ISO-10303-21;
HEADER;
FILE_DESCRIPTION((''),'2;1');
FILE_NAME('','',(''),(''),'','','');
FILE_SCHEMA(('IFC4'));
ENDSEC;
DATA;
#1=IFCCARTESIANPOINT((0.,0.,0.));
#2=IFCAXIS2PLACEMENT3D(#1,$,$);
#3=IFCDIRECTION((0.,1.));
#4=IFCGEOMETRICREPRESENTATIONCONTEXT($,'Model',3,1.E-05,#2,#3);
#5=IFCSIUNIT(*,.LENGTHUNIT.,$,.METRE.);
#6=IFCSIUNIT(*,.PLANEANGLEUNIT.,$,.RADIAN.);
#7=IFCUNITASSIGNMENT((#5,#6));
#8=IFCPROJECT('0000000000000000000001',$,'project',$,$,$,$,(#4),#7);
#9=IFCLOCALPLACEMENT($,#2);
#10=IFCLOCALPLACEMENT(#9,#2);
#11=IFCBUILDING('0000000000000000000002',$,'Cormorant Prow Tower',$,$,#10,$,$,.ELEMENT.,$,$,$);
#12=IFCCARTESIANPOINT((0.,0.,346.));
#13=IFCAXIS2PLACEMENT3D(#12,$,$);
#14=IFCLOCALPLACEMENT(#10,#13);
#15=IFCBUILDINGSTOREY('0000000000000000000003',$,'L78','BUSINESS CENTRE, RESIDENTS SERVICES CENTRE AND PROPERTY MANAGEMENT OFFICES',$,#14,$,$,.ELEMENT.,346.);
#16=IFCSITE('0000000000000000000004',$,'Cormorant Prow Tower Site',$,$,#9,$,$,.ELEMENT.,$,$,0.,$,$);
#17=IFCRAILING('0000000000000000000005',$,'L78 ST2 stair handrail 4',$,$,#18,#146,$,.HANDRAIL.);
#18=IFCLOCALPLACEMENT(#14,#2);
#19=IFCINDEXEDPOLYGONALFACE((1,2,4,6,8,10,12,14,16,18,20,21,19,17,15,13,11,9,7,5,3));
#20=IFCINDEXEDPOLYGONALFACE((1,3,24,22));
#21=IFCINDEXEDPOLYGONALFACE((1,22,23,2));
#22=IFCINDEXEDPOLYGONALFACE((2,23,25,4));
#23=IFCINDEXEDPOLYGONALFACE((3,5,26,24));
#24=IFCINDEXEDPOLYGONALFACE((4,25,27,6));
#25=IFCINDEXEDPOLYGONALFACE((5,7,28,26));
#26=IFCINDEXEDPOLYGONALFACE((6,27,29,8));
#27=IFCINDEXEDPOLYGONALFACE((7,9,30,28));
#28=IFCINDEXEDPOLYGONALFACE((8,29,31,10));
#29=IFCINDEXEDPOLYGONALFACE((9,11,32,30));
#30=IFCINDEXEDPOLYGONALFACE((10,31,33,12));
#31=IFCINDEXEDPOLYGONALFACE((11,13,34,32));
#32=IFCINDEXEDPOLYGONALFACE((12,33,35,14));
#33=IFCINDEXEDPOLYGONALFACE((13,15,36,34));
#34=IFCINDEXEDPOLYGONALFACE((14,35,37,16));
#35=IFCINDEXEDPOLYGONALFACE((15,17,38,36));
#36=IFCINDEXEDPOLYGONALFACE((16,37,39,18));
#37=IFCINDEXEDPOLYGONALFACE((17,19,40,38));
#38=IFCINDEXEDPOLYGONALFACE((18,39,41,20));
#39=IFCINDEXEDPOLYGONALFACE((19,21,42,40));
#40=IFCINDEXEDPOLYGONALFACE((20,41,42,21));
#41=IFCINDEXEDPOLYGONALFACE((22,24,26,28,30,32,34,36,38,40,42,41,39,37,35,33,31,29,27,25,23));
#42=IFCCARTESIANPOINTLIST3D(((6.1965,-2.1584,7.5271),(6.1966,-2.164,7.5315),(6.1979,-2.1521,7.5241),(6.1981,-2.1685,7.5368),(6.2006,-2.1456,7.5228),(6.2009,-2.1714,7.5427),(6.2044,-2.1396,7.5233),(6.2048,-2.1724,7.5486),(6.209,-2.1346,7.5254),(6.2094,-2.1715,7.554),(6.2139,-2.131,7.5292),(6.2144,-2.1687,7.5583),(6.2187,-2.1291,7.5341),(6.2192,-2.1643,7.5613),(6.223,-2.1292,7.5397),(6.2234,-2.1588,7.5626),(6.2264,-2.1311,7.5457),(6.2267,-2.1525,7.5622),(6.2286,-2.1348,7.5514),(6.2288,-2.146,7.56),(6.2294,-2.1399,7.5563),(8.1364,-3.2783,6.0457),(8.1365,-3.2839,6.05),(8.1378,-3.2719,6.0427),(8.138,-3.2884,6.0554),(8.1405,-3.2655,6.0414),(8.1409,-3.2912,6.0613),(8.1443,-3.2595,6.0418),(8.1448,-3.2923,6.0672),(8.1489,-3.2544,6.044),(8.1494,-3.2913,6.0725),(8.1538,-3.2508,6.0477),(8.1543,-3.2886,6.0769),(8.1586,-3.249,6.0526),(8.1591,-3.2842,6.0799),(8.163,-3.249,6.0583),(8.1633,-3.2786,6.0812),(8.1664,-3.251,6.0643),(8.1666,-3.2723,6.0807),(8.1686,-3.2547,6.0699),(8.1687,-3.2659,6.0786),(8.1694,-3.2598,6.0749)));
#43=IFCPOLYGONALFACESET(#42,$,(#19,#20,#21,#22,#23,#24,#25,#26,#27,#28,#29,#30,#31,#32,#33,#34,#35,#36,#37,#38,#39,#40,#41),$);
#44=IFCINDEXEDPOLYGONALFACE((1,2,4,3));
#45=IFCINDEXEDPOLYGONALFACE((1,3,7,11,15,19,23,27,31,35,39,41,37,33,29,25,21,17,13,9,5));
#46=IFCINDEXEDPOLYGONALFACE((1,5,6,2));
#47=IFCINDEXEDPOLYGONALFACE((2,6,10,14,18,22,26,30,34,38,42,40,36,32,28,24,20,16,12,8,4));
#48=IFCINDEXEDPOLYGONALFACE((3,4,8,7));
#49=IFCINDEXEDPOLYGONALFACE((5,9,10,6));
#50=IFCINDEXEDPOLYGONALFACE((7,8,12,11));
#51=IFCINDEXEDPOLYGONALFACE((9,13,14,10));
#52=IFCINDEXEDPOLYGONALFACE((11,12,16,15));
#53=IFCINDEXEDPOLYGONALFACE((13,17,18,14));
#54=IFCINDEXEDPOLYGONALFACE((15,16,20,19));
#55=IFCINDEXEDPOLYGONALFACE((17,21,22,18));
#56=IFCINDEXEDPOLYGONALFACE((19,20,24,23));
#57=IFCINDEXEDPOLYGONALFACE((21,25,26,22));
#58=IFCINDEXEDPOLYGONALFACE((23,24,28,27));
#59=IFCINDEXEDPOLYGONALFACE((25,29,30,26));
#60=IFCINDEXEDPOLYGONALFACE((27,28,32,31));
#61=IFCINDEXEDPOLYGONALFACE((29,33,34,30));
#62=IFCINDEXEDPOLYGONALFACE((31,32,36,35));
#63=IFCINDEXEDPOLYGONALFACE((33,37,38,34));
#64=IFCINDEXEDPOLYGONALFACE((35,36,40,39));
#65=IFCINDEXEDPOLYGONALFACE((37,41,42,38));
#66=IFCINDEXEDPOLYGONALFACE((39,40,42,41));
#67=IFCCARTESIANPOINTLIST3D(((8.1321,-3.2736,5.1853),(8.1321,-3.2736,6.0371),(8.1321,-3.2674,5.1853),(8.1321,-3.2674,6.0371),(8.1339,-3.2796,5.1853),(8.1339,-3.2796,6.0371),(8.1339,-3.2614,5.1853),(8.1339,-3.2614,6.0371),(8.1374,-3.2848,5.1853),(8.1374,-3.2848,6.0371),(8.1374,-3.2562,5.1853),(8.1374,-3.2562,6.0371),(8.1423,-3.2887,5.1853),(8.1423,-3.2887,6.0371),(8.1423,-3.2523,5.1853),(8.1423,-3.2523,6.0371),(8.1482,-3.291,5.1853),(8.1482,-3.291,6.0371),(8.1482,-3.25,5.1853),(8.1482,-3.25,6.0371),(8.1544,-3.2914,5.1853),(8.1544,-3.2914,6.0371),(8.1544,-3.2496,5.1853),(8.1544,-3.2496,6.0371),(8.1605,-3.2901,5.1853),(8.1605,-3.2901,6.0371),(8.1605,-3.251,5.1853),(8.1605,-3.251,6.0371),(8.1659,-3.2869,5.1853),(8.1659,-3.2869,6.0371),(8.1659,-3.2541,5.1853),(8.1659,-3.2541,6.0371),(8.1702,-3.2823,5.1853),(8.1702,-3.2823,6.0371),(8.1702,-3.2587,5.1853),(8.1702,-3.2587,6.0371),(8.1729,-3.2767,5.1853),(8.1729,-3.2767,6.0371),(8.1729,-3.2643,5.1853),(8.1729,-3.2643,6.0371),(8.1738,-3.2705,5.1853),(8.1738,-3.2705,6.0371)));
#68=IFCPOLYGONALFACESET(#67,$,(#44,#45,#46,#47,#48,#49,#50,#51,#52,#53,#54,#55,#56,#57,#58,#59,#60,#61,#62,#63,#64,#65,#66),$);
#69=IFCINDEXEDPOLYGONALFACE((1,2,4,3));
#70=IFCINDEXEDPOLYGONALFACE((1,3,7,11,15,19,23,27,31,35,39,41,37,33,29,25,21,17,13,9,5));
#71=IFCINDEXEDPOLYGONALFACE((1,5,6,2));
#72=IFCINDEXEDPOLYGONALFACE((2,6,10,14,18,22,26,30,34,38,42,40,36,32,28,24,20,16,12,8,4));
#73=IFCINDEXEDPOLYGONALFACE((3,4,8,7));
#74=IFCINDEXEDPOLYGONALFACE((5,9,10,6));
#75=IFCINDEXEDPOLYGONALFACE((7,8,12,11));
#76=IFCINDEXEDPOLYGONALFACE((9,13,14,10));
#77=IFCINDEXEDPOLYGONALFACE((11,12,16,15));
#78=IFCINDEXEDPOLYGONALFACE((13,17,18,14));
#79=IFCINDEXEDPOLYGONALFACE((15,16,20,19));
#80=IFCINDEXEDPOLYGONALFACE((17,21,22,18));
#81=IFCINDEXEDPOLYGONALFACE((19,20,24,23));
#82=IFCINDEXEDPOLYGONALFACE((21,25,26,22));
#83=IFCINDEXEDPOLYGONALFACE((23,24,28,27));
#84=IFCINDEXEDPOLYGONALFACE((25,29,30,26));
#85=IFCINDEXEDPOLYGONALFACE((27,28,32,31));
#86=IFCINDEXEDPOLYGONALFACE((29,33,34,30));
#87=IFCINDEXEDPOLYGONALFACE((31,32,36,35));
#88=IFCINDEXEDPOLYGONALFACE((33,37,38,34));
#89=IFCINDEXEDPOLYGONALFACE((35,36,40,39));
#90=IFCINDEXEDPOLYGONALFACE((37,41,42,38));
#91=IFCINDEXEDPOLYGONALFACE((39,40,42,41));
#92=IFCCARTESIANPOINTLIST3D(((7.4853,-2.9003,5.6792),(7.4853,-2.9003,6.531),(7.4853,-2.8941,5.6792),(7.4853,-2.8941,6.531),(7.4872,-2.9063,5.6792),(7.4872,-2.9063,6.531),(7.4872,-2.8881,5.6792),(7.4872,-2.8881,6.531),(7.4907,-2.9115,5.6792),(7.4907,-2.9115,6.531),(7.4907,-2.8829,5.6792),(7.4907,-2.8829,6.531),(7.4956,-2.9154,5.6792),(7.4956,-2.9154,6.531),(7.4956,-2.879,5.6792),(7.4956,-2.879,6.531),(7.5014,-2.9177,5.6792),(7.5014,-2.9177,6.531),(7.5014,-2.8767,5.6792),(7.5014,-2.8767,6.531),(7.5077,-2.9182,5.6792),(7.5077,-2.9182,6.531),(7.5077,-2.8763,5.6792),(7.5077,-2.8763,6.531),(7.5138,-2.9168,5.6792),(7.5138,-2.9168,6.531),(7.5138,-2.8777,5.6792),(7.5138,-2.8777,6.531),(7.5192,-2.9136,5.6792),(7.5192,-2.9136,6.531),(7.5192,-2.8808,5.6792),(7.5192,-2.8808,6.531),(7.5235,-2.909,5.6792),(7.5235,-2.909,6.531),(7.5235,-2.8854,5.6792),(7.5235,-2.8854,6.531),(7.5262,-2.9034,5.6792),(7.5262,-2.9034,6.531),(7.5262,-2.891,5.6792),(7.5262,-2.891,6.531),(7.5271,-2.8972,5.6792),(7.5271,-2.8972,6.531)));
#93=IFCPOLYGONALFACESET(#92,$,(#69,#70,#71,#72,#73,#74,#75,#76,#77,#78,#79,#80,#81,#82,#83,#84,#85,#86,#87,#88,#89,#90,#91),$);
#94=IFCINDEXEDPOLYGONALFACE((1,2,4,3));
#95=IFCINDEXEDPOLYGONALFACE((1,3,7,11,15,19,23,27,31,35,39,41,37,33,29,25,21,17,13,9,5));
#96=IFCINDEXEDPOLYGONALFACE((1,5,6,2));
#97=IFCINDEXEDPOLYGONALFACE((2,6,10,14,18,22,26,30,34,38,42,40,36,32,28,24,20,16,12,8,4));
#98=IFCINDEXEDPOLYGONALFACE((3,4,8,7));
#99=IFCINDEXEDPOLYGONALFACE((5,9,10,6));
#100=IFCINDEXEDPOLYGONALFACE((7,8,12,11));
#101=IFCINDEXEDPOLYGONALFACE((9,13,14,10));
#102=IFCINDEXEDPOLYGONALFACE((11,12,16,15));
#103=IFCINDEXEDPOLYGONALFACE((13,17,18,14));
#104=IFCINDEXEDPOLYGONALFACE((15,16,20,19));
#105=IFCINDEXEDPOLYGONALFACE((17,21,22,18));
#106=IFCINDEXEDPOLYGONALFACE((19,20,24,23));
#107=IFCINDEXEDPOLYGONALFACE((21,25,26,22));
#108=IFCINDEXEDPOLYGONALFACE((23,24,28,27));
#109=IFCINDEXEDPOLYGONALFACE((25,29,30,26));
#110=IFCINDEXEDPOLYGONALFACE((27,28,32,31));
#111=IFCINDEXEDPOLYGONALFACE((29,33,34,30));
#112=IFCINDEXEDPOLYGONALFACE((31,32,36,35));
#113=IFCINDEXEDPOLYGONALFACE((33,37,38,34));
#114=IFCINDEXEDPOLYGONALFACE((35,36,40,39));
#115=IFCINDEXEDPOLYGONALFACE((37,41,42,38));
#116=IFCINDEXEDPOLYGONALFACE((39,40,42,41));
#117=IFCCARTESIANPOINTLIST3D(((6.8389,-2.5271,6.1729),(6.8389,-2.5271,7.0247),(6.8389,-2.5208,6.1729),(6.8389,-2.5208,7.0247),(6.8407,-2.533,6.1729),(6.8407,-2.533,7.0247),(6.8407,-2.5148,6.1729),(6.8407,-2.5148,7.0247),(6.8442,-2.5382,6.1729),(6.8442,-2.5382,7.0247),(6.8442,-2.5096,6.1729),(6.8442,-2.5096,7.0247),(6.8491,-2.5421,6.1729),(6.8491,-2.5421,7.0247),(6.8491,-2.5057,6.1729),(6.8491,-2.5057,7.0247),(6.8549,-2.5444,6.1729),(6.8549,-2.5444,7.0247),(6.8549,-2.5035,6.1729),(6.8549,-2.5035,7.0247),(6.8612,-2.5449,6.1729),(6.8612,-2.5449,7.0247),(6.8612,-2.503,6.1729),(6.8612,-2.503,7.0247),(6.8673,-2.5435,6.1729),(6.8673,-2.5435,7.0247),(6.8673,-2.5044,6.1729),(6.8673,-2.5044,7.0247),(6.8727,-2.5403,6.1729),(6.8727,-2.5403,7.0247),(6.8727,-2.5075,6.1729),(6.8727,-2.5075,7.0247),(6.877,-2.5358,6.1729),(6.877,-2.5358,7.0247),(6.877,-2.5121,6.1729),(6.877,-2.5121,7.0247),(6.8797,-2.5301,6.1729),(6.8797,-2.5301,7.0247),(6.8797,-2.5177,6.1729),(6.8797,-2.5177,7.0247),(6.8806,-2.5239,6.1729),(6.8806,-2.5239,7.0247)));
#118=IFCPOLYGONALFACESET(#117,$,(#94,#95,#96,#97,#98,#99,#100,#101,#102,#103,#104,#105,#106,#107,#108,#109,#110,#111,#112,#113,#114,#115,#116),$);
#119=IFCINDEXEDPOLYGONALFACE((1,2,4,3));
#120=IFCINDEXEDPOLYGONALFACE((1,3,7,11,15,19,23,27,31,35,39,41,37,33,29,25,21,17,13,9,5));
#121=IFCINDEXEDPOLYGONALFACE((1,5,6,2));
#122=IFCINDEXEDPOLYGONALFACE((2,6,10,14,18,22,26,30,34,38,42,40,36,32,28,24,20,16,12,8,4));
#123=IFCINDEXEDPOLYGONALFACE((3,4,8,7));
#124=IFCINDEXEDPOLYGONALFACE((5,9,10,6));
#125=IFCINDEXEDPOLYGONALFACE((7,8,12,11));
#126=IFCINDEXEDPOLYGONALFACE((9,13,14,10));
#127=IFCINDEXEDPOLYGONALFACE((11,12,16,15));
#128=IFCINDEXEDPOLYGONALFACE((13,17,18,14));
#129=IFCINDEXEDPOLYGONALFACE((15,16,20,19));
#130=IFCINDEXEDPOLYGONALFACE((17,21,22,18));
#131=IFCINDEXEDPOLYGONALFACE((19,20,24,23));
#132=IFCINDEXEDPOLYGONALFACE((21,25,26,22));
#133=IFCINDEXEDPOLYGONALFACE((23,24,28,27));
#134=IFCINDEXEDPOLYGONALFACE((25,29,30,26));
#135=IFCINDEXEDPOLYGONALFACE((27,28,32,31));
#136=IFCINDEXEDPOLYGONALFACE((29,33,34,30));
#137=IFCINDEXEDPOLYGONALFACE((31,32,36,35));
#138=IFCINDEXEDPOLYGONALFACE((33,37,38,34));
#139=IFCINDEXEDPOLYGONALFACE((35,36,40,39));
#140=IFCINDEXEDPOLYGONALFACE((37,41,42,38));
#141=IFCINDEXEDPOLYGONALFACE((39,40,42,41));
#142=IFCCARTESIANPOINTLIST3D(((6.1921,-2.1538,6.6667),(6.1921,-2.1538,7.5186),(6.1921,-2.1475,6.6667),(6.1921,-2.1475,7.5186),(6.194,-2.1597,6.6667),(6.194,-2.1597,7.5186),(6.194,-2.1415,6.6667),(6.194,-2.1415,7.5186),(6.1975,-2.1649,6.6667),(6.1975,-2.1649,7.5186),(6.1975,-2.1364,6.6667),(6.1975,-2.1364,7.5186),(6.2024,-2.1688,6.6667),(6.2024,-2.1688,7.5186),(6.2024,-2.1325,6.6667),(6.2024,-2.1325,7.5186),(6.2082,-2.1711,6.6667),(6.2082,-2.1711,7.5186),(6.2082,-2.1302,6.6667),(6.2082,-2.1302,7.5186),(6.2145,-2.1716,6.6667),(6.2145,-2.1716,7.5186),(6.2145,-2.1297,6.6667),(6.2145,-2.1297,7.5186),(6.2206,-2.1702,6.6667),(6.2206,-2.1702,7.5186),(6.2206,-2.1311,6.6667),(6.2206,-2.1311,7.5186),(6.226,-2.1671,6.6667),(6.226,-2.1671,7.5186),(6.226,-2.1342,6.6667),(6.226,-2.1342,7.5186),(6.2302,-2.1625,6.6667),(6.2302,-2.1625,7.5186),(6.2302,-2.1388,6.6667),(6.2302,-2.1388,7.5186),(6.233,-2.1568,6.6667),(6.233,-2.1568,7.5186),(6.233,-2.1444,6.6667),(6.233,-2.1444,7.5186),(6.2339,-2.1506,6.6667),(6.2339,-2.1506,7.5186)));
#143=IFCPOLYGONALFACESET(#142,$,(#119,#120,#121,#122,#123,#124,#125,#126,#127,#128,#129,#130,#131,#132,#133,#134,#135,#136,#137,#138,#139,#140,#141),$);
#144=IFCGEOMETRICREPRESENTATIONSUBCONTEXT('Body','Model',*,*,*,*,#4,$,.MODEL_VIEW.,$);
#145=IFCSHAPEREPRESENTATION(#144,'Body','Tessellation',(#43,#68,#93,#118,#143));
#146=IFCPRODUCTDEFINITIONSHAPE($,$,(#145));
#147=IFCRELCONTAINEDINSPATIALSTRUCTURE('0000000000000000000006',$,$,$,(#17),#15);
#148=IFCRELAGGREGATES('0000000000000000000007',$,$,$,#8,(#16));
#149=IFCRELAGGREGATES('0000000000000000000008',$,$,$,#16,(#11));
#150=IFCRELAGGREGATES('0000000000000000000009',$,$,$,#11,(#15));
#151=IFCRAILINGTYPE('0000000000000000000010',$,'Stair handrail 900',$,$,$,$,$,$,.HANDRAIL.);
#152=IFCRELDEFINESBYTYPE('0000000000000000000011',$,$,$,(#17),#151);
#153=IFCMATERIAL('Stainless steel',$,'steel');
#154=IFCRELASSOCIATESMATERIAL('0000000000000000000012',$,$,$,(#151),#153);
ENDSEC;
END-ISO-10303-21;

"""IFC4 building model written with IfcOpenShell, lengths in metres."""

from ifc_helpers import new_model, si_unit, direction, frame, origin, origin_2d, place, context, subcontext, project, spatial, circle, extrude, material, type_object, element, save


model = new_model("IFC4")

# Units and contexts
model_context = context("Model", 3, precision=1e-05, world=origin(), true_north=direction((0.0, 1.0)))
body_context = subcontext(model_context, "Body", "Model", "MODEL_VIEW")
ifc_project = project(units=[si_unit("LENGTHUNIT", "METRE"), si_unit("PLANEANGLEUNIT", "RADIAN")], contexts=[model_context])

# Site, building, storey
site_placement = place(None, origin())
site = spatial("IfcSite", under=ifc_project, at=site_placement, Name="Cormorant Prow Tower Site", CompositionType="ELEMENT", RefElevation=0.0)
building_placement = place(site_placement, origin())
building = spatial("IfcBuilding", under=site, at=building_placement, Name="Cormorant Prow Tower", CompositionType="ELEMENT")
storey_placement = place(building_placement, frame((0.0, 0.0, 346.0)))
storey = spatial("IfcBuildingStorey", under=building, at=storey_placement, Name="L78", Description="BUSINESS CENTRE, RESIDENTS SERVICES CENTRE AND PROPERTY MANAGEMENT OFFICES", CompositionType="ELEMENT", Elevation=346.0)

# Railing
ifc_material_1 = material(Name="Stainless steel", Category="steel")
railing_type = type_object("IfcRailingType", Name="Stair handrail 900", PredefinedType="HANDRAIL", material=ifc_material_1)
for number, where, name in (
    (1, (8.1528, -3.2705, 5.1853), "L78 ST2 stair handrail 4"),
):
    element("IfcRailing", number, at=place(storey_placement, frame(where)), inside=storey, type_object=railing_type, Name=name, PredefinedType="HANDRAIL", context=body_context, shape_type="SweptSolid", body=[
        extrude(circle(Radius=0.0239, at=origin_2d()), frame((0.0, 0.0, 0.876), z_axis=(-0.722363, 0.417, 0.551636), x_axis=(-0.499949, -0.866055, 0.0)), (0.0, 0.0, 1.0), 2.6855),
        extrude(circle(Radius=0.021, at=origin_2d()), origin(), (0.0, 0.0, 1.0), 0.8518),
        extrude(circle(Radius=0.021, at=origin_2d()), frame((-0.6467, 0.3733, 0.4939)), (0.0, 0.0, 1.0), 0.8518),
        extrude(circle(Radius=0.021, at=origin_2d()), frame((-1.2932, 0.7466, 0.9875)), (0.0, 0.0, 1.0), 0.8518),
        extrude(circle(Radius=0.021, at=origin_2d()), frame((-1.9399, 1.1199, 1.4814)), (0.0, 0.0, 1.0), 0.8518),
    ])

save(model, "model.ifc")
